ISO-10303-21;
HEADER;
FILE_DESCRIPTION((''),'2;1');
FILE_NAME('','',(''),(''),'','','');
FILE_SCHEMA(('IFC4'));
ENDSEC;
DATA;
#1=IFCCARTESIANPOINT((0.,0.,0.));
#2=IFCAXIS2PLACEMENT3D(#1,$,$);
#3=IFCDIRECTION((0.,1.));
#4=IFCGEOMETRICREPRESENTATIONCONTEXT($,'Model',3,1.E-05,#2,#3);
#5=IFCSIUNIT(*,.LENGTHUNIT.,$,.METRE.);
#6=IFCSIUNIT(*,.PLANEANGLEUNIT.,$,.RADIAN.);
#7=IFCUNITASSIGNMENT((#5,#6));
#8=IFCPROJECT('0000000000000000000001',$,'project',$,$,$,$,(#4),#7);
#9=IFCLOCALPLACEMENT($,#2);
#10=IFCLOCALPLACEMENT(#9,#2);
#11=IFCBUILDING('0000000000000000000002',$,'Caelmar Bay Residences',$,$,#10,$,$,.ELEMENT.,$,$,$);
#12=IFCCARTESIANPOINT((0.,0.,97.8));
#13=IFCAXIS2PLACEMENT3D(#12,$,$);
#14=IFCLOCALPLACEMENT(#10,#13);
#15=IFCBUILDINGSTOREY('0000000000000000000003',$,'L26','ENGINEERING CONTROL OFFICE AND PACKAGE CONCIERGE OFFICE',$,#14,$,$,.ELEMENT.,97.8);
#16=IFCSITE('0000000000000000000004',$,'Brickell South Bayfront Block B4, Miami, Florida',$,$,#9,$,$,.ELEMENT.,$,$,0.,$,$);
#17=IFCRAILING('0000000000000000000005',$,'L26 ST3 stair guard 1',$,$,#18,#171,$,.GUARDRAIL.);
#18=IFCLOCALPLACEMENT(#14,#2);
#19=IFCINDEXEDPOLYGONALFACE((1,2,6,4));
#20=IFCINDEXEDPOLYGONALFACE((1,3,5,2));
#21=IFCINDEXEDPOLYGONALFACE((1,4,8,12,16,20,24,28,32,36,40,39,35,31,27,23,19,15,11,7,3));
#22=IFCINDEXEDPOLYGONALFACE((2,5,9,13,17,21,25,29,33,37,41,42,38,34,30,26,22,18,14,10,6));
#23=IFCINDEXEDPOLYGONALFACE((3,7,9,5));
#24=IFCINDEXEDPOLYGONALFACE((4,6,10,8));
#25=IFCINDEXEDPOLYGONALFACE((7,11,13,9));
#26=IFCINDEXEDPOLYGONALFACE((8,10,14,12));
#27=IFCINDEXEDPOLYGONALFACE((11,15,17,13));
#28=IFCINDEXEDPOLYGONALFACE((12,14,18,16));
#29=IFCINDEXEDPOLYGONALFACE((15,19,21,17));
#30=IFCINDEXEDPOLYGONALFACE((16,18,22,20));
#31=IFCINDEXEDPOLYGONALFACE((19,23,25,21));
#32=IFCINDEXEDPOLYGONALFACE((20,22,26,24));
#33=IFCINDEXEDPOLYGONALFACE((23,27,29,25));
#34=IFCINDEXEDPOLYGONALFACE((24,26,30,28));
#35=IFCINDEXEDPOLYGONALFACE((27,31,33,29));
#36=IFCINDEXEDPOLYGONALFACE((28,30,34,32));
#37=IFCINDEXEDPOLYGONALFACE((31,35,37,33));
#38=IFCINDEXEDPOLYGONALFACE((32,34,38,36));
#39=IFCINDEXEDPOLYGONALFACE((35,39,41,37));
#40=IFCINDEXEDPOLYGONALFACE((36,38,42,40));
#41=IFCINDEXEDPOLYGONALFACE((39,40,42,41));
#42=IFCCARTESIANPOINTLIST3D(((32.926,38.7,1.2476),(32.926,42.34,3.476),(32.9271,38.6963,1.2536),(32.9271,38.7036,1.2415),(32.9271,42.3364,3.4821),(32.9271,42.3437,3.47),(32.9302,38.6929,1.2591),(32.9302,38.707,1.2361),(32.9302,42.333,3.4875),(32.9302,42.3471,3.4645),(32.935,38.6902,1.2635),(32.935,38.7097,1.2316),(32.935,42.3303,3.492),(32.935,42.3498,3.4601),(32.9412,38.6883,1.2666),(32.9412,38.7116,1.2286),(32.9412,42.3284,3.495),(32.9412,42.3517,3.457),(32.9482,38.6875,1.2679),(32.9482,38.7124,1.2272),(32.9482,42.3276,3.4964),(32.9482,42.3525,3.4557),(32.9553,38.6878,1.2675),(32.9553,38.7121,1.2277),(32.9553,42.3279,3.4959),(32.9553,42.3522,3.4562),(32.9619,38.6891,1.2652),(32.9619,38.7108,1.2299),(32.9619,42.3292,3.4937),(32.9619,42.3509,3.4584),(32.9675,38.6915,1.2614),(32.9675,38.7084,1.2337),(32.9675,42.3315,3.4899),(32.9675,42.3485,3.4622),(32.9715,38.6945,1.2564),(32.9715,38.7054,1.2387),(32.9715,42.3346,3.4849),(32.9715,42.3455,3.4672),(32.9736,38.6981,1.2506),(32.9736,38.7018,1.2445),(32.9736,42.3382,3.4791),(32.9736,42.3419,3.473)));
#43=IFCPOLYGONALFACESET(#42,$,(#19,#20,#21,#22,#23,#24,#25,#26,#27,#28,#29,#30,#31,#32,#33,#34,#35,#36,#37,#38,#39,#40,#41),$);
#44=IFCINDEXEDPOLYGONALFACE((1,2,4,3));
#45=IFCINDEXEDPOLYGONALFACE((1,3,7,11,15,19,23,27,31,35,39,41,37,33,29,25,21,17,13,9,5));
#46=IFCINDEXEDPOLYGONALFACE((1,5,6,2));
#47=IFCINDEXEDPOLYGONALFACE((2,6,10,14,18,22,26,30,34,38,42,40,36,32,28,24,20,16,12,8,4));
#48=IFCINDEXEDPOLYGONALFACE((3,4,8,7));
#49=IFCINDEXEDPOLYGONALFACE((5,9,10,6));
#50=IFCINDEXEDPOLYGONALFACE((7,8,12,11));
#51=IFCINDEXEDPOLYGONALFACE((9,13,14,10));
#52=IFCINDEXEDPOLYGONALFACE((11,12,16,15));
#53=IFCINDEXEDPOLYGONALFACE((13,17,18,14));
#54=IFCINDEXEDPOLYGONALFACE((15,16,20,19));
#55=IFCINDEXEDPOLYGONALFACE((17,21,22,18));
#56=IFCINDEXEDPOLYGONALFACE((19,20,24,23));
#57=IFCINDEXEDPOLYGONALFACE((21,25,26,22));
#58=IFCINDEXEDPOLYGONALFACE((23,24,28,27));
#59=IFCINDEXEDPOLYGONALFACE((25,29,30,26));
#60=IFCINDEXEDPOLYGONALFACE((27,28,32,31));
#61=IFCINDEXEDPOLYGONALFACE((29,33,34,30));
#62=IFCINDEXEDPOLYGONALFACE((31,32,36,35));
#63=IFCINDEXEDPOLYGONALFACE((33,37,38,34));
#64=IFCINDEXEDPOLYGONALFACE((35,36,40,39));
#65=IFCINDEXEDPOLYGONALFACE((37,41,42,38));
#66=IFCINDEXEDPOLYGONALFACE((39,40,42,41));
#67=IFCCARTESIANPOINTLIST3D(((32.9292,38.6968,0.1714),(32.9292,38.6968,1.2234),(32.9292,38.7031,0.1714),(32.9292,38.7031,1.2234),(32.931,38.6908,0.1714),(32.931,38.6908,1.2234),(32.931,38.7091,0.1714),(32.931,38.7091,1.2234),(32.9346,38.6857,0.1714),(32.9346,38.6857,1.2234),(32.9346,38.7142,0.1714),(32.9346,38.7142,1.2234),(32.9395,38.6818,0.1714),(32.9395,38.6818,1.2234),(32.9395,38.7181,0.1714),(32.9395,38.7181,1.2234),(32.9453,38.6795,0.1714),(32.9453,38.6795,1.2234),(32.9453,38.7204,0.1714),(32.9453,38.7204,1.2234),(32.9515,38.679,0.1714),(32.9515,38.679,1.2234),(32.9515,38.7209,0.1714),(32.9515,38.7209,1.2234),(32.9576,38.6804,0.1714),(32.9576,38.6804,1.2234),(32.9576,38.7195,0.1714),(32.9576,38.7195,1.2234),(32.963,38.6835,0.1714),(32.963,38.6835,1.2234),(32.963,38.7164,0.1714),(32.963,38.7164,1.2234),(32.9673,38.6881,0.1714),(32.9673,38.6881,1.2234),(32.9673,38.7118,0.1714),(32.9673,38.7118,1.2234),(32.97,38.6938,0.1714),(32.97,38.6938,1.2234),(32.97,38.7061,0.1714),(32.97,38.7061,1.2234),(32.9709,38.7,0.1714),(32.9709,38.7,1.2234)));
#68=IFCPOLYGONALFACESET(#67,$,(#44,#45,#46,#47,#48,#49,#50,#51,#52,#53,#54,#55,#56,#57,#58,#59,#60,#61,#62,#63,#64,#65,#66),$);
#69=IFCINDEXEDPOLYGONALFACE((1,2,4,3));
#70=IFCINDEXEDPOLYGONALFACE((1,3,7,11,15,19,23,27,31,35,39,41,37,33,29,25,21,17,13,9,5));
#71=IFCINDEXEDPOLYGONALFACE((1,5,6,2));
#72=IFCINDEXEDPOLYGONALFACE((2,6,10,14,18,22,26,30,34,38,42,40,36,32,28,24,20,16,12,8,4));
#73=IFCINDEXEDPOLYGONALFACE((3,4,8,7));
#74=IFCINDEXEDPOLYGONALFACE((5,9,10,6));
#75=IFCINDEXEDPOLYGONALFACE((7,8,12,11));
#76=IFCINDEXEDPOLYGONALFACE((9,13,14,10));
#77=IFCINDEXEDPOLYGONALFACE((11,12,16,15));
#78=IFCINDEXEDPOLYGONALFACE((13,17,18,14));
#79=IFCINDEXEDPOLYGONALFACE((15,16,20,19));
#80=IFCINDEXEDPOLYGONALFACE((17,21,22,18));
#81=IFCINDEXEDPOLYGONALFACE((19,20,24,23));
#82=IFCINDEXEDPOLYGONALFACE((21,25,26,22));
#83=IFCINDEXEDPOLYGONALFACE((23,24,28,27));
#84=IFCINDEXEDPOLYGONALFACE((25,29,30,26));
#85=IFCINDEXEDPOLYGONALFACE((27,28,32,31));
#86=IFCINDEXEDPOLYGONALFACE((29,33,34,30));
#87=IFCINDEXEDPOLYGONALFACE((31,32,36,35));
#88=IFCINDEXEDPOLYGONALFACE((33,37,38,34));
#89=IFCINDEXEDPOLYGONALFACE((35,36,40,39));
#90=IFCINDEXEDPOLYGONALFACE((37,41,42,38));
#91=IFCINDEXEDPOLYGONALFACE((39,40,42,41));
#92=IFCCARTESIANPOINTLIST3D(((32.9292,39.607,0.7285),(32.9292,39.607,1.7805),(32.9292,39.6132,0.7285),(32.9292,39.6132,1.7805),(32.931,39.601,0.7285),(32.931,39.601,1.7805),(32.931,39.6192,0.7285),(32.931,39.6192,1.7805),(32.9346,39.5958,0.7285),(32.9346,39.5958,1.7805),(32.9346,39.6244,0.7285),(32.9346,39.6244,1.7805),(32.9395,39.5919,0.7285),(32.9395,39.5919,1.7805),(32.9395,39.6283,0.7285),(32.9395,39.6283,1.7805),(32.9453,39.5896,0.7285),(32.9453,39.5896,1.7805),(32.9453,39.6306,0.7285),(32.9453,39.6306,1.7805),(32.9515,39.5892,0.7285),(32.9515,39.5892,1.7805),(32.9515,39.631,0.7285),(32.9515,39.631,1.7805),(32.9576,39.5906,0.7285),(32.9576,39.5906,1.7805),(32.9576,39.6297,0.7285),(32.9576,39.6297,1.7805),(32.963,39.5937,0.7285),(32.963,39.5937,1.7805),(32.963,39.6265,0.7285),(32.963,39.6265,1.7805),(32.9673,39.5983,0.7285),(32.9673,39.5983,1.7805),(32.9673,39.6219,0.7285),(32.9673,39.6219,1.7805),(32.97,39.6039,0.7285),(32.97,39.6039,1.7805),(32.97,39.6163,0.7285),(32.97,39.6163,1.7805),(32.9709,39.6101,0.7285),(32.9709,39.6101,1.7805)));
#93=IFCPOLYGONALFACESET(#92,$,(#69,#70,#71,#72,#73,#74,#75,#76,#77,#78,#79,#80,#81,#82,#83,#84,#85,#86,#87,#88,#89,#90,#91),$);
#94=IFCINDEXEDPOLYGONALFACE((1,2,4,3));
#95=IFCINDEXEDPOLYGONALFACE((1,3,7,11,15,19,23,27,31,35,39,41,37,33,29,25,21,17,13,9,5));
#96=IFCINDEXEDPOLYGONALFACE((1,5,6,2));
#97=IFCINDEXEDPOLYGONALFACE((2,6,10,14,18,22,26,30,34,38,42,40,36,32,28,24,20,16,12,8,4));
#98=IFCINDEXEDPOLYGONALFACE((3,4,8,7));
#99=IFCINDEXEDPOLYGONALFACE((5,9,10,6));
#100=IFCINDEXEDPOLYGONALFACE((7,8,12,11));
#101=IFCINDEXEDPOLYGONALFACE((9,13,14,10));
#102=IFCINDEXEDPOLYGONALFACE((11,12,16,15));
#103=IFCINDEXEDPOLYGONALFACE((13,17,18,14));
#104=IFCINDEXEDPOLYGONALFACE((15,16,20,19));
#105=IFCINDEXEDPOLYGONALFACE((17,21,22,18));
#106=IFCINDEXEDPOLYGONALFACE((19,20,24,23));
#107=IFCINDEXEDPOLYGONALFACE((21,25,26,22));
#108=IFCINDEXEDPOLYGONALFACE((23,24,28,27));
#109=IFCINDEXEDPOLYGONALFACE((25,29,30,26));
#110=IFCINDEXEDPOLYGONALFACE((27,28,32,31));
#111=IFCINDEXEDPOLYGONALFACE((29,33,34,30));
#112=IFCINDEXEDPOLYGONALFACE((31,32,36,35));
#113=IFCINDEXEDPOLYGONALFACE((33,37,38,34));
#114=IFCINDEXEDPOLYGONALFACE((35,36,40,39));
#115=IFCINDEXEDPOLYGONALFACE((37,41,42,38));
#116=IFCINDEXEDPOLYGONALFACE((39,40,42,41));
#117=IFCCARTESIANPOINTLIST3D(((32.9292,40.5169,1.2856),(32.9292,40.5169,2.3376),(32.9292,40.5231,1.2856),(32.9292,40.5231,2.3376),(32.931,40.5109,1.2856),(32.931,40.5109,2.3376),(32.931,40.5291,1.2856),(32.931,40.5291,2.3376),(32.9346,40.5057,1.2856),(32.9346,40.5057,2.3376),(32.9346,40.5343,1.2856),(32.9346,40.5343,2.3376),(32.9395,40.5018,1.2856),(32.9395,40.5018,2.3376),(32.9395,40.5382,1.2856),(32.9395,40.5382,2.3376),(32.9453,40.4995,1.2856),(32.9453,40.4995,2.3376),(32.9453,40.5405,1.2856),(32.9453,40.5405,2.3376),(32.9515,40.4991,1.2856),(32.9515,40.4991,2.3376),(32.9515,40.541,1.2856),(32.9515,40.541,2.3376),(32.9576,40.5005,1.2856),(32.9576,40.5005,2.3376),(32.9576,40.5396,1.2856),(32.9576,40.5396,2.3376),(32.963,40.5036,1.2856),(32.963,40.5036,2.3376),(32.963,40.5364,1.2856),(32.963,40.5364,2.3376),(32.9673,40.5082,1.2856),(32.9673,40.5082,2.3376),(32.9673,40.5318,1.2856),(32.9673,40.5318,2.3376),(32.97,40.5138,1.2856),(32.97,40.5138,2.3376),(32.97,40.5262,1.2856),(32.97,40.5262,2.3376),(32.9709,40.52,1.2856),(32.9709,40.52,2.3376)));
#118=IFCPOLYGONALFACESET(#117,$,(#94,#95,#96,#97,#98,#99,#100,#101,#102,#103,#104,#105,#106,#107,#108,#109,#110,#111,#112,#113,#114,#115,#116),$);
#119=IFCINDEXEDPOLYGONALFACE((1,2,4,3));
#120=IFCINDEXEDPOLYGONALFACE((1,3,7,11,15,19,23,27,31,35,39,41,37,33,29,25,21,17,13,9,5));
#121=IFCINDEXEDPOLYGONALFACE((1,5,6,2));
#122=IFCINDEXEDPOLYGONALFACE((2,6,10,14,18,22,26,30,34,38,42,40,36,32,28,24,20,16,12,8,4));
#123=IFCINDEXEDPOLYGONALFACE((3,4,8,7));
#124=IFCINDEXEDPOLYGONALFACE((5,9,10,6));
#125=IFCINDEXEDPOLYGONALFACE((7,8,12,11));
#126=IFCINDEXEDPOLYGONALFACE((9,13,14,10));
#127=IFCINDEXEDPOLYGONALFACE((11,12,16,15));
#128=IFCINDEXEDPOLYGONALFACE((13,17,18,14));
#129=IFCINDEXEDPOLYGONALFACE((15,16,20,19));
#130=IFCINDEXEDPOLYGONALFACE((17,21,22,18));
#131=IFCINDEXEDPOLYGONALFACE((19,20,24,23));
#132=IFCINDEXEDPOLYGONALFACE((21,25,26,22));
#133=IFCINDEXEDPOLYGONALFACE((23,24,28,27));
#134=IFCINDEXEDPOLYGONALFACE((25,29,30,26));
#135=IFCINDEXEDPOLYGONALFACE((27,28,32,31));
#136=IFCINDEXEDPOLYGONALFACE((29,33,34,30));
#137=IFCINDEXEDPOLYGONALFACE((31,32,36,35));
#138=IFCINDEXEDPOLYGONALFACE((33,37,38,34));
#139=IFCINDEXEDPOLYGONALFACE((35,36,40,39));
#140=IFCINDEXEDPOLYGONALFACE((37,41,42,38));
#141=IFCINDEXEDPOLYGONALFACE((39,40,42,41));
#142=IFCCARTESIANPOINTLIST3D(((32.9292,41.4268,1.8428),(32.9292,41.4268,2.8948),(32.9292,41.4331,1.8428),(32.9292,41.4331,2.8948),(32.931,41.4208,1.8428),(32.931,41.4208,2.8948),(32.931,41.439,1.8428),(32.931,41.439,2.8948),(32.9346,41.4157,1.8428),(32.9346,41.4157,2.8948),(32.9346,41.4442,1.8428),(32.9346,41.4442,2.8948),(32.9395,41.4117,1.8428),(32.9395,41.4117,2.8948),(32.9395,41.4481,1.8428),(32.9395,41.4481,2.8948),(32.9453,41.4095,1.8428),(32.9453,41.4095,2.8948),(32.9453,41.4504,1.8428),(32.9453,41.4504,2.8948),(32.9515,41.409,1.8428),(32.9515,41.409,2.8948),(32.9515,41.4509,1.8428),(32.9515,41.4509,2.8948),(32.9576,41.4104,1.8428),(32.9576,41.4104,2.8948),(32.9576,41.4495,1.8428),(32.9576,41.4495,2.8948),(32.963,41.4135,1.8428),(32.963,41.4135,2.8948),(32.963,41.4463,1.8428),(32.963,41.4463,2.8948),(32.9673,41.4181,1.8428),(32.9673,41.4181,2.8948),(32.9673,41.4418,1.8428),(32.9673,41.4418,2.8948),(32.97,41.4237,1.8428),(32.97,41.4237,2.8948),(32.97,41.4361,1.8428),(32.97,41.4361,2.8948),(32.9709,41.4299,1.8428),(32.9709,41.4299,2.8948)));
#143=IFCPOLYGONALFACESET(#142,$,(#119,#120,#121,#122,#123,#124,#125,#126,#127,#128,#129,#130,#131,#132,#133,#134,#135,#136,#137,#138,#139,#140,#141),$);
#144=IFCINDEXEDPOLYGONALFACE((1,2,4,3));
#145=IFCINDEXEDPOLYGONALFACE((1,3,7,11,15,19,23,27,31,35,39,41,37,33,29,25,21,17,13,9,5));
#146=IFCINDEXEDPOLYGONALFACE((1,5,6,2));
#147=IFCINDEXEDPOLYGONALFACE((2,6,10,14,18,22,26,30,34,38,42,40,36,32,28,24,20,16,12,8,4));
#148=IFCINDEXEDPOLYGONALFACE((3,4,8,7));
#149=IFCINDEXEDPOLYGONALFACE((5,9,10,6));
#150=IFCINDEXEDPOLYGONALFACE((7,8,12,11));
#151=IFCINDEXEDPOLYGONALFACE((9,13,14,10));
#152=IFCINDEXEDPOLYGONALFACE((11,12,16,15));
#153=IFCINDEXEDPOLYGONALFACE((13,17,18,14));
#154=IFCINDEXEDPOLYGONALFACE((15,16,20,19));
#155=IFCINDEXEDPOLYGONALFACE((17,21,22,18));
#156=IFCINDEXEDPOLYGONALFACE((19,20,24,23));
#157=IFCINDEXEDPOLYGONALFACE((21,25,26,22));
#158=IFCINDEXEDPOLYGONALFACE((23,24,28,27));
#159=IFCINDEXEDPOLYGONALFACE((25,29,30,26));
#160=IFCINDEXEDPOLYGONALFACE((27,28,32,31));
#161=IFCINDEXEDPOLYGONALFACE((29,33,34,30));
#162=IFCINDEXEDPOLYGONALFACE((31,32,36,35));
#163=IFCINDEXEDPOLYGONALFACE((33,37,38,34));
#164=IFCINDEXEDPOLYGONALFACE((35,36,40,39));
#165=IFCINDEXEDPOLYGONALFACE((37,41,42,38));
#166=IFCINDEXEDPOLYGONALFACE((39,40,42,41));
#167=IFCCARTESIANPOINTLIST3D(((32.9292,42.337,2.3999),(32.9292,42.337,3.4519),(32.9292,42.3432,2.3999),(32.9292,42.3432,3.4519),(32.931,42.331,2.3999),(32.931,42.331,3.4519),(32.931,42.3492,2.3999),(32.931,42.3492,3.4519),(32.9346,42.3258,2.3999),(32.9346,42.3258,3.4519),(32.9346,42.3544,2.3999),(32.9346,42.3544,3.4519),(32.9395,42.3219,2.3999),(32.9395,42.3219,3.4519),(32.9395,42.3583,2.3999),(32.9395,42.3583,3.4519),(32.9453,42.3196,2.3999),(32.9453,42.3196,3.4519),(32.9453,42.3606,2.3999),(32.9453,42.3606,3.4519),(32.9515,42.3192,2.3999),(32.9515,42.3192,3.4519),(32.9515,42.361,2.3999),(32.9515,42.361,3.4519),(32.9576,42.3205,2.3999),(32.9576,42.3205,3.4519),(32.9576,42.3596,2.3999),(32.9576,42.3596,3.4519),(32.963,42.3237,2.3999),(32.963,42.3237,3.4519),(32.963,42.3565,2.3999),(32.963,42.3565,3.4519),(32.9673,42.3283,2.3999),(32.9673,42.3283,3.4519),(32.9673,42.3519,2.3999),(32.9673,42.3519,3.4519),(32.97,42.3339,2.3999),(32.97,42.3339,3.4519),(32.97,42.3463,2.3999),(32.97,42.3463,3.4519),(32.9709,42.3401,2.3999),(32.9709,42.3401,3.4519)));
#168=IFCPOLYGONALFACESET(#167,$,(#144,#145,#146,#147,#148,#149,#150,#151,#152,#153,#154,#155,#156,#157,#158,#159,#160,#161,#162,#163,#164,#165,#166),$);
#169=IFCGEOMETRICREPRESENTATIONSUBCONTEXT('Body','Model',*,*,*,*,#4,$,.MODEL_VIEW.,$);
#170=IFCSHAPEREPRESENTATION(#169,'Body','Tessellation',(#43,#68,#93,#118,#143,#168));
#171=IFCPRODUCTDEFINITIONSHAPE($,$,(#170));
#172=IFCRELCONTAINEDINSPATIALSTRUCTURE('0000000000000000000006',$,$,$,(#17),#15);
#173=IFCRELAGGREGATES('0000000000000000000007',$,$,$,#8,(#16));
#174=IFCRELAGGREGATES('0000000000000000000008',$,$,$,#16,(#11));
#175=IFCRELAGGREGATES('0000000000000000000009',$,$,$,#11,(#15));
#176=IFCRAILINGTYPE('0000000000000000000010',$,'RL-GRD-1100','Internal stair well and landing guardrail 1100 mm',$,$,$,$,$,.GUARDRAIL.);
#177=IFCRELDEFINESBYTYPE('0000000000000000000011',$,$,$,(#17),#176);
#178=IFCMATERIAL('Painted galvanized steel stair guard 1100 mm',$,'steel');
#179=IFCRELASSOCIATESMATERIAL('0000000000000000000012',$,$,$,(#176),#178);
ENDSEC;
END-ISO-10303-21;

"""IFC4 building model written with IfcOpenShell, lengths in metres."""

from ifc_helpers import new_model, si_unit, direction, frame, origin, origin_2d, place, context, subcontext, project, spatial, circle, extrude, material, type_object, element, save


model = new_model("IFC4")

# Units and contexts
model_context = context("Model", 3, precision=1e-05, world=origin(), true_north=direction((0.0, 1.0)))
body_context = subcontext(model_context, "Body", "Model", "MODEL_VIEW")
ifc_project = project(units=[si_unit("LENGTHUNIT", "METRE"), si_unit("PLANEANGLEUNIT", "RADIAN")], contexts=[model_context])

# Site, building, storey
site_placement = place(None, origin())
site = spatial("IfcSite", under=ifc_project, at=site_placement, Name="Brickell South Bayfront Block B4, Miami, Florida", CompositionType="ELEMENT", RefElevation=0.0)
building_placement = place(site_placement, origin())
building = spatial("IfcBuilding", under=site, at=building_placement, Name="Caelmar Bay Residences", CompositionType="ELEMENT")
storey_placement = place(building_placement, frame((0.0, 0.0, 97.8)))
storey = spatial("IfcBuildingStorey", under=building, at=storey_placement, Name="L26", Description="ENGINEERING CONTROL OFFICE AND PACKAGE CONCIERGE OFFICE", CompositionType="ELEMENT", Elevation=97.8)

# Railing
ifc_material_1 = material(Name="Painted galvanized steel stair guard 1100 mm", Category="steel")
railing_type_1 = type_object("IfcRailingType", Name="RL-GRD-1100", Description="Internal stair well and landing guardrail 1100 mm", PredefinedType="GUARDRAIL", material=ifc_material_1)
railing_1_placement = place(storey_placement, frame((32.95, 38.7, 0.1714)))
element("IfcRailing", 1, at=railing_1_placement, inside=storey, type_object=railing_type_1, Name="L26 ST3 stair guard 1", PredefinedType="GUARDRAIL", context=body_context, shape_type="SweptSolid", body=[
    extrude(circle(Radius=0.0239, at=origin_2d()), frame((0.0, 0.0, 1.0762), z_axis=(0.0, 0.852866, 0.52213), x_axis=(-1.0, 0.0, 0.0)), (0.0, 0.0, 1.0), 4.2681),
    extrude(circle(Radius=0.021, at=origin_2d()), origin(), (0.0, 0.0, 1.0), 1.052),
    extrude(circle(Radius=0.021, at=origin_2d()), frame((0.0, 0.9102, 0.5571)), (0.0, 0.0, 1.0), 1.052),
    extrude(circle(Radius=0.021, at=origin_2d()), frame((0.0, 1.8201, 1.1143)), (0.0, 0.0, 1.0), 1.052),
    extrude(circle(Radius=0.021, at=origin_2d()), frame((0.0, 2.73, 1.6714)), (0.0, 0.0, 1.0), 1.052),
    extrude(circle(Radius=0.021, at=origin_2d()), frame((0.0, 3.6401, 2.2285)), (0.0, 0.0, 1.0), 1.052),
])

save(model, "model.ifc")
